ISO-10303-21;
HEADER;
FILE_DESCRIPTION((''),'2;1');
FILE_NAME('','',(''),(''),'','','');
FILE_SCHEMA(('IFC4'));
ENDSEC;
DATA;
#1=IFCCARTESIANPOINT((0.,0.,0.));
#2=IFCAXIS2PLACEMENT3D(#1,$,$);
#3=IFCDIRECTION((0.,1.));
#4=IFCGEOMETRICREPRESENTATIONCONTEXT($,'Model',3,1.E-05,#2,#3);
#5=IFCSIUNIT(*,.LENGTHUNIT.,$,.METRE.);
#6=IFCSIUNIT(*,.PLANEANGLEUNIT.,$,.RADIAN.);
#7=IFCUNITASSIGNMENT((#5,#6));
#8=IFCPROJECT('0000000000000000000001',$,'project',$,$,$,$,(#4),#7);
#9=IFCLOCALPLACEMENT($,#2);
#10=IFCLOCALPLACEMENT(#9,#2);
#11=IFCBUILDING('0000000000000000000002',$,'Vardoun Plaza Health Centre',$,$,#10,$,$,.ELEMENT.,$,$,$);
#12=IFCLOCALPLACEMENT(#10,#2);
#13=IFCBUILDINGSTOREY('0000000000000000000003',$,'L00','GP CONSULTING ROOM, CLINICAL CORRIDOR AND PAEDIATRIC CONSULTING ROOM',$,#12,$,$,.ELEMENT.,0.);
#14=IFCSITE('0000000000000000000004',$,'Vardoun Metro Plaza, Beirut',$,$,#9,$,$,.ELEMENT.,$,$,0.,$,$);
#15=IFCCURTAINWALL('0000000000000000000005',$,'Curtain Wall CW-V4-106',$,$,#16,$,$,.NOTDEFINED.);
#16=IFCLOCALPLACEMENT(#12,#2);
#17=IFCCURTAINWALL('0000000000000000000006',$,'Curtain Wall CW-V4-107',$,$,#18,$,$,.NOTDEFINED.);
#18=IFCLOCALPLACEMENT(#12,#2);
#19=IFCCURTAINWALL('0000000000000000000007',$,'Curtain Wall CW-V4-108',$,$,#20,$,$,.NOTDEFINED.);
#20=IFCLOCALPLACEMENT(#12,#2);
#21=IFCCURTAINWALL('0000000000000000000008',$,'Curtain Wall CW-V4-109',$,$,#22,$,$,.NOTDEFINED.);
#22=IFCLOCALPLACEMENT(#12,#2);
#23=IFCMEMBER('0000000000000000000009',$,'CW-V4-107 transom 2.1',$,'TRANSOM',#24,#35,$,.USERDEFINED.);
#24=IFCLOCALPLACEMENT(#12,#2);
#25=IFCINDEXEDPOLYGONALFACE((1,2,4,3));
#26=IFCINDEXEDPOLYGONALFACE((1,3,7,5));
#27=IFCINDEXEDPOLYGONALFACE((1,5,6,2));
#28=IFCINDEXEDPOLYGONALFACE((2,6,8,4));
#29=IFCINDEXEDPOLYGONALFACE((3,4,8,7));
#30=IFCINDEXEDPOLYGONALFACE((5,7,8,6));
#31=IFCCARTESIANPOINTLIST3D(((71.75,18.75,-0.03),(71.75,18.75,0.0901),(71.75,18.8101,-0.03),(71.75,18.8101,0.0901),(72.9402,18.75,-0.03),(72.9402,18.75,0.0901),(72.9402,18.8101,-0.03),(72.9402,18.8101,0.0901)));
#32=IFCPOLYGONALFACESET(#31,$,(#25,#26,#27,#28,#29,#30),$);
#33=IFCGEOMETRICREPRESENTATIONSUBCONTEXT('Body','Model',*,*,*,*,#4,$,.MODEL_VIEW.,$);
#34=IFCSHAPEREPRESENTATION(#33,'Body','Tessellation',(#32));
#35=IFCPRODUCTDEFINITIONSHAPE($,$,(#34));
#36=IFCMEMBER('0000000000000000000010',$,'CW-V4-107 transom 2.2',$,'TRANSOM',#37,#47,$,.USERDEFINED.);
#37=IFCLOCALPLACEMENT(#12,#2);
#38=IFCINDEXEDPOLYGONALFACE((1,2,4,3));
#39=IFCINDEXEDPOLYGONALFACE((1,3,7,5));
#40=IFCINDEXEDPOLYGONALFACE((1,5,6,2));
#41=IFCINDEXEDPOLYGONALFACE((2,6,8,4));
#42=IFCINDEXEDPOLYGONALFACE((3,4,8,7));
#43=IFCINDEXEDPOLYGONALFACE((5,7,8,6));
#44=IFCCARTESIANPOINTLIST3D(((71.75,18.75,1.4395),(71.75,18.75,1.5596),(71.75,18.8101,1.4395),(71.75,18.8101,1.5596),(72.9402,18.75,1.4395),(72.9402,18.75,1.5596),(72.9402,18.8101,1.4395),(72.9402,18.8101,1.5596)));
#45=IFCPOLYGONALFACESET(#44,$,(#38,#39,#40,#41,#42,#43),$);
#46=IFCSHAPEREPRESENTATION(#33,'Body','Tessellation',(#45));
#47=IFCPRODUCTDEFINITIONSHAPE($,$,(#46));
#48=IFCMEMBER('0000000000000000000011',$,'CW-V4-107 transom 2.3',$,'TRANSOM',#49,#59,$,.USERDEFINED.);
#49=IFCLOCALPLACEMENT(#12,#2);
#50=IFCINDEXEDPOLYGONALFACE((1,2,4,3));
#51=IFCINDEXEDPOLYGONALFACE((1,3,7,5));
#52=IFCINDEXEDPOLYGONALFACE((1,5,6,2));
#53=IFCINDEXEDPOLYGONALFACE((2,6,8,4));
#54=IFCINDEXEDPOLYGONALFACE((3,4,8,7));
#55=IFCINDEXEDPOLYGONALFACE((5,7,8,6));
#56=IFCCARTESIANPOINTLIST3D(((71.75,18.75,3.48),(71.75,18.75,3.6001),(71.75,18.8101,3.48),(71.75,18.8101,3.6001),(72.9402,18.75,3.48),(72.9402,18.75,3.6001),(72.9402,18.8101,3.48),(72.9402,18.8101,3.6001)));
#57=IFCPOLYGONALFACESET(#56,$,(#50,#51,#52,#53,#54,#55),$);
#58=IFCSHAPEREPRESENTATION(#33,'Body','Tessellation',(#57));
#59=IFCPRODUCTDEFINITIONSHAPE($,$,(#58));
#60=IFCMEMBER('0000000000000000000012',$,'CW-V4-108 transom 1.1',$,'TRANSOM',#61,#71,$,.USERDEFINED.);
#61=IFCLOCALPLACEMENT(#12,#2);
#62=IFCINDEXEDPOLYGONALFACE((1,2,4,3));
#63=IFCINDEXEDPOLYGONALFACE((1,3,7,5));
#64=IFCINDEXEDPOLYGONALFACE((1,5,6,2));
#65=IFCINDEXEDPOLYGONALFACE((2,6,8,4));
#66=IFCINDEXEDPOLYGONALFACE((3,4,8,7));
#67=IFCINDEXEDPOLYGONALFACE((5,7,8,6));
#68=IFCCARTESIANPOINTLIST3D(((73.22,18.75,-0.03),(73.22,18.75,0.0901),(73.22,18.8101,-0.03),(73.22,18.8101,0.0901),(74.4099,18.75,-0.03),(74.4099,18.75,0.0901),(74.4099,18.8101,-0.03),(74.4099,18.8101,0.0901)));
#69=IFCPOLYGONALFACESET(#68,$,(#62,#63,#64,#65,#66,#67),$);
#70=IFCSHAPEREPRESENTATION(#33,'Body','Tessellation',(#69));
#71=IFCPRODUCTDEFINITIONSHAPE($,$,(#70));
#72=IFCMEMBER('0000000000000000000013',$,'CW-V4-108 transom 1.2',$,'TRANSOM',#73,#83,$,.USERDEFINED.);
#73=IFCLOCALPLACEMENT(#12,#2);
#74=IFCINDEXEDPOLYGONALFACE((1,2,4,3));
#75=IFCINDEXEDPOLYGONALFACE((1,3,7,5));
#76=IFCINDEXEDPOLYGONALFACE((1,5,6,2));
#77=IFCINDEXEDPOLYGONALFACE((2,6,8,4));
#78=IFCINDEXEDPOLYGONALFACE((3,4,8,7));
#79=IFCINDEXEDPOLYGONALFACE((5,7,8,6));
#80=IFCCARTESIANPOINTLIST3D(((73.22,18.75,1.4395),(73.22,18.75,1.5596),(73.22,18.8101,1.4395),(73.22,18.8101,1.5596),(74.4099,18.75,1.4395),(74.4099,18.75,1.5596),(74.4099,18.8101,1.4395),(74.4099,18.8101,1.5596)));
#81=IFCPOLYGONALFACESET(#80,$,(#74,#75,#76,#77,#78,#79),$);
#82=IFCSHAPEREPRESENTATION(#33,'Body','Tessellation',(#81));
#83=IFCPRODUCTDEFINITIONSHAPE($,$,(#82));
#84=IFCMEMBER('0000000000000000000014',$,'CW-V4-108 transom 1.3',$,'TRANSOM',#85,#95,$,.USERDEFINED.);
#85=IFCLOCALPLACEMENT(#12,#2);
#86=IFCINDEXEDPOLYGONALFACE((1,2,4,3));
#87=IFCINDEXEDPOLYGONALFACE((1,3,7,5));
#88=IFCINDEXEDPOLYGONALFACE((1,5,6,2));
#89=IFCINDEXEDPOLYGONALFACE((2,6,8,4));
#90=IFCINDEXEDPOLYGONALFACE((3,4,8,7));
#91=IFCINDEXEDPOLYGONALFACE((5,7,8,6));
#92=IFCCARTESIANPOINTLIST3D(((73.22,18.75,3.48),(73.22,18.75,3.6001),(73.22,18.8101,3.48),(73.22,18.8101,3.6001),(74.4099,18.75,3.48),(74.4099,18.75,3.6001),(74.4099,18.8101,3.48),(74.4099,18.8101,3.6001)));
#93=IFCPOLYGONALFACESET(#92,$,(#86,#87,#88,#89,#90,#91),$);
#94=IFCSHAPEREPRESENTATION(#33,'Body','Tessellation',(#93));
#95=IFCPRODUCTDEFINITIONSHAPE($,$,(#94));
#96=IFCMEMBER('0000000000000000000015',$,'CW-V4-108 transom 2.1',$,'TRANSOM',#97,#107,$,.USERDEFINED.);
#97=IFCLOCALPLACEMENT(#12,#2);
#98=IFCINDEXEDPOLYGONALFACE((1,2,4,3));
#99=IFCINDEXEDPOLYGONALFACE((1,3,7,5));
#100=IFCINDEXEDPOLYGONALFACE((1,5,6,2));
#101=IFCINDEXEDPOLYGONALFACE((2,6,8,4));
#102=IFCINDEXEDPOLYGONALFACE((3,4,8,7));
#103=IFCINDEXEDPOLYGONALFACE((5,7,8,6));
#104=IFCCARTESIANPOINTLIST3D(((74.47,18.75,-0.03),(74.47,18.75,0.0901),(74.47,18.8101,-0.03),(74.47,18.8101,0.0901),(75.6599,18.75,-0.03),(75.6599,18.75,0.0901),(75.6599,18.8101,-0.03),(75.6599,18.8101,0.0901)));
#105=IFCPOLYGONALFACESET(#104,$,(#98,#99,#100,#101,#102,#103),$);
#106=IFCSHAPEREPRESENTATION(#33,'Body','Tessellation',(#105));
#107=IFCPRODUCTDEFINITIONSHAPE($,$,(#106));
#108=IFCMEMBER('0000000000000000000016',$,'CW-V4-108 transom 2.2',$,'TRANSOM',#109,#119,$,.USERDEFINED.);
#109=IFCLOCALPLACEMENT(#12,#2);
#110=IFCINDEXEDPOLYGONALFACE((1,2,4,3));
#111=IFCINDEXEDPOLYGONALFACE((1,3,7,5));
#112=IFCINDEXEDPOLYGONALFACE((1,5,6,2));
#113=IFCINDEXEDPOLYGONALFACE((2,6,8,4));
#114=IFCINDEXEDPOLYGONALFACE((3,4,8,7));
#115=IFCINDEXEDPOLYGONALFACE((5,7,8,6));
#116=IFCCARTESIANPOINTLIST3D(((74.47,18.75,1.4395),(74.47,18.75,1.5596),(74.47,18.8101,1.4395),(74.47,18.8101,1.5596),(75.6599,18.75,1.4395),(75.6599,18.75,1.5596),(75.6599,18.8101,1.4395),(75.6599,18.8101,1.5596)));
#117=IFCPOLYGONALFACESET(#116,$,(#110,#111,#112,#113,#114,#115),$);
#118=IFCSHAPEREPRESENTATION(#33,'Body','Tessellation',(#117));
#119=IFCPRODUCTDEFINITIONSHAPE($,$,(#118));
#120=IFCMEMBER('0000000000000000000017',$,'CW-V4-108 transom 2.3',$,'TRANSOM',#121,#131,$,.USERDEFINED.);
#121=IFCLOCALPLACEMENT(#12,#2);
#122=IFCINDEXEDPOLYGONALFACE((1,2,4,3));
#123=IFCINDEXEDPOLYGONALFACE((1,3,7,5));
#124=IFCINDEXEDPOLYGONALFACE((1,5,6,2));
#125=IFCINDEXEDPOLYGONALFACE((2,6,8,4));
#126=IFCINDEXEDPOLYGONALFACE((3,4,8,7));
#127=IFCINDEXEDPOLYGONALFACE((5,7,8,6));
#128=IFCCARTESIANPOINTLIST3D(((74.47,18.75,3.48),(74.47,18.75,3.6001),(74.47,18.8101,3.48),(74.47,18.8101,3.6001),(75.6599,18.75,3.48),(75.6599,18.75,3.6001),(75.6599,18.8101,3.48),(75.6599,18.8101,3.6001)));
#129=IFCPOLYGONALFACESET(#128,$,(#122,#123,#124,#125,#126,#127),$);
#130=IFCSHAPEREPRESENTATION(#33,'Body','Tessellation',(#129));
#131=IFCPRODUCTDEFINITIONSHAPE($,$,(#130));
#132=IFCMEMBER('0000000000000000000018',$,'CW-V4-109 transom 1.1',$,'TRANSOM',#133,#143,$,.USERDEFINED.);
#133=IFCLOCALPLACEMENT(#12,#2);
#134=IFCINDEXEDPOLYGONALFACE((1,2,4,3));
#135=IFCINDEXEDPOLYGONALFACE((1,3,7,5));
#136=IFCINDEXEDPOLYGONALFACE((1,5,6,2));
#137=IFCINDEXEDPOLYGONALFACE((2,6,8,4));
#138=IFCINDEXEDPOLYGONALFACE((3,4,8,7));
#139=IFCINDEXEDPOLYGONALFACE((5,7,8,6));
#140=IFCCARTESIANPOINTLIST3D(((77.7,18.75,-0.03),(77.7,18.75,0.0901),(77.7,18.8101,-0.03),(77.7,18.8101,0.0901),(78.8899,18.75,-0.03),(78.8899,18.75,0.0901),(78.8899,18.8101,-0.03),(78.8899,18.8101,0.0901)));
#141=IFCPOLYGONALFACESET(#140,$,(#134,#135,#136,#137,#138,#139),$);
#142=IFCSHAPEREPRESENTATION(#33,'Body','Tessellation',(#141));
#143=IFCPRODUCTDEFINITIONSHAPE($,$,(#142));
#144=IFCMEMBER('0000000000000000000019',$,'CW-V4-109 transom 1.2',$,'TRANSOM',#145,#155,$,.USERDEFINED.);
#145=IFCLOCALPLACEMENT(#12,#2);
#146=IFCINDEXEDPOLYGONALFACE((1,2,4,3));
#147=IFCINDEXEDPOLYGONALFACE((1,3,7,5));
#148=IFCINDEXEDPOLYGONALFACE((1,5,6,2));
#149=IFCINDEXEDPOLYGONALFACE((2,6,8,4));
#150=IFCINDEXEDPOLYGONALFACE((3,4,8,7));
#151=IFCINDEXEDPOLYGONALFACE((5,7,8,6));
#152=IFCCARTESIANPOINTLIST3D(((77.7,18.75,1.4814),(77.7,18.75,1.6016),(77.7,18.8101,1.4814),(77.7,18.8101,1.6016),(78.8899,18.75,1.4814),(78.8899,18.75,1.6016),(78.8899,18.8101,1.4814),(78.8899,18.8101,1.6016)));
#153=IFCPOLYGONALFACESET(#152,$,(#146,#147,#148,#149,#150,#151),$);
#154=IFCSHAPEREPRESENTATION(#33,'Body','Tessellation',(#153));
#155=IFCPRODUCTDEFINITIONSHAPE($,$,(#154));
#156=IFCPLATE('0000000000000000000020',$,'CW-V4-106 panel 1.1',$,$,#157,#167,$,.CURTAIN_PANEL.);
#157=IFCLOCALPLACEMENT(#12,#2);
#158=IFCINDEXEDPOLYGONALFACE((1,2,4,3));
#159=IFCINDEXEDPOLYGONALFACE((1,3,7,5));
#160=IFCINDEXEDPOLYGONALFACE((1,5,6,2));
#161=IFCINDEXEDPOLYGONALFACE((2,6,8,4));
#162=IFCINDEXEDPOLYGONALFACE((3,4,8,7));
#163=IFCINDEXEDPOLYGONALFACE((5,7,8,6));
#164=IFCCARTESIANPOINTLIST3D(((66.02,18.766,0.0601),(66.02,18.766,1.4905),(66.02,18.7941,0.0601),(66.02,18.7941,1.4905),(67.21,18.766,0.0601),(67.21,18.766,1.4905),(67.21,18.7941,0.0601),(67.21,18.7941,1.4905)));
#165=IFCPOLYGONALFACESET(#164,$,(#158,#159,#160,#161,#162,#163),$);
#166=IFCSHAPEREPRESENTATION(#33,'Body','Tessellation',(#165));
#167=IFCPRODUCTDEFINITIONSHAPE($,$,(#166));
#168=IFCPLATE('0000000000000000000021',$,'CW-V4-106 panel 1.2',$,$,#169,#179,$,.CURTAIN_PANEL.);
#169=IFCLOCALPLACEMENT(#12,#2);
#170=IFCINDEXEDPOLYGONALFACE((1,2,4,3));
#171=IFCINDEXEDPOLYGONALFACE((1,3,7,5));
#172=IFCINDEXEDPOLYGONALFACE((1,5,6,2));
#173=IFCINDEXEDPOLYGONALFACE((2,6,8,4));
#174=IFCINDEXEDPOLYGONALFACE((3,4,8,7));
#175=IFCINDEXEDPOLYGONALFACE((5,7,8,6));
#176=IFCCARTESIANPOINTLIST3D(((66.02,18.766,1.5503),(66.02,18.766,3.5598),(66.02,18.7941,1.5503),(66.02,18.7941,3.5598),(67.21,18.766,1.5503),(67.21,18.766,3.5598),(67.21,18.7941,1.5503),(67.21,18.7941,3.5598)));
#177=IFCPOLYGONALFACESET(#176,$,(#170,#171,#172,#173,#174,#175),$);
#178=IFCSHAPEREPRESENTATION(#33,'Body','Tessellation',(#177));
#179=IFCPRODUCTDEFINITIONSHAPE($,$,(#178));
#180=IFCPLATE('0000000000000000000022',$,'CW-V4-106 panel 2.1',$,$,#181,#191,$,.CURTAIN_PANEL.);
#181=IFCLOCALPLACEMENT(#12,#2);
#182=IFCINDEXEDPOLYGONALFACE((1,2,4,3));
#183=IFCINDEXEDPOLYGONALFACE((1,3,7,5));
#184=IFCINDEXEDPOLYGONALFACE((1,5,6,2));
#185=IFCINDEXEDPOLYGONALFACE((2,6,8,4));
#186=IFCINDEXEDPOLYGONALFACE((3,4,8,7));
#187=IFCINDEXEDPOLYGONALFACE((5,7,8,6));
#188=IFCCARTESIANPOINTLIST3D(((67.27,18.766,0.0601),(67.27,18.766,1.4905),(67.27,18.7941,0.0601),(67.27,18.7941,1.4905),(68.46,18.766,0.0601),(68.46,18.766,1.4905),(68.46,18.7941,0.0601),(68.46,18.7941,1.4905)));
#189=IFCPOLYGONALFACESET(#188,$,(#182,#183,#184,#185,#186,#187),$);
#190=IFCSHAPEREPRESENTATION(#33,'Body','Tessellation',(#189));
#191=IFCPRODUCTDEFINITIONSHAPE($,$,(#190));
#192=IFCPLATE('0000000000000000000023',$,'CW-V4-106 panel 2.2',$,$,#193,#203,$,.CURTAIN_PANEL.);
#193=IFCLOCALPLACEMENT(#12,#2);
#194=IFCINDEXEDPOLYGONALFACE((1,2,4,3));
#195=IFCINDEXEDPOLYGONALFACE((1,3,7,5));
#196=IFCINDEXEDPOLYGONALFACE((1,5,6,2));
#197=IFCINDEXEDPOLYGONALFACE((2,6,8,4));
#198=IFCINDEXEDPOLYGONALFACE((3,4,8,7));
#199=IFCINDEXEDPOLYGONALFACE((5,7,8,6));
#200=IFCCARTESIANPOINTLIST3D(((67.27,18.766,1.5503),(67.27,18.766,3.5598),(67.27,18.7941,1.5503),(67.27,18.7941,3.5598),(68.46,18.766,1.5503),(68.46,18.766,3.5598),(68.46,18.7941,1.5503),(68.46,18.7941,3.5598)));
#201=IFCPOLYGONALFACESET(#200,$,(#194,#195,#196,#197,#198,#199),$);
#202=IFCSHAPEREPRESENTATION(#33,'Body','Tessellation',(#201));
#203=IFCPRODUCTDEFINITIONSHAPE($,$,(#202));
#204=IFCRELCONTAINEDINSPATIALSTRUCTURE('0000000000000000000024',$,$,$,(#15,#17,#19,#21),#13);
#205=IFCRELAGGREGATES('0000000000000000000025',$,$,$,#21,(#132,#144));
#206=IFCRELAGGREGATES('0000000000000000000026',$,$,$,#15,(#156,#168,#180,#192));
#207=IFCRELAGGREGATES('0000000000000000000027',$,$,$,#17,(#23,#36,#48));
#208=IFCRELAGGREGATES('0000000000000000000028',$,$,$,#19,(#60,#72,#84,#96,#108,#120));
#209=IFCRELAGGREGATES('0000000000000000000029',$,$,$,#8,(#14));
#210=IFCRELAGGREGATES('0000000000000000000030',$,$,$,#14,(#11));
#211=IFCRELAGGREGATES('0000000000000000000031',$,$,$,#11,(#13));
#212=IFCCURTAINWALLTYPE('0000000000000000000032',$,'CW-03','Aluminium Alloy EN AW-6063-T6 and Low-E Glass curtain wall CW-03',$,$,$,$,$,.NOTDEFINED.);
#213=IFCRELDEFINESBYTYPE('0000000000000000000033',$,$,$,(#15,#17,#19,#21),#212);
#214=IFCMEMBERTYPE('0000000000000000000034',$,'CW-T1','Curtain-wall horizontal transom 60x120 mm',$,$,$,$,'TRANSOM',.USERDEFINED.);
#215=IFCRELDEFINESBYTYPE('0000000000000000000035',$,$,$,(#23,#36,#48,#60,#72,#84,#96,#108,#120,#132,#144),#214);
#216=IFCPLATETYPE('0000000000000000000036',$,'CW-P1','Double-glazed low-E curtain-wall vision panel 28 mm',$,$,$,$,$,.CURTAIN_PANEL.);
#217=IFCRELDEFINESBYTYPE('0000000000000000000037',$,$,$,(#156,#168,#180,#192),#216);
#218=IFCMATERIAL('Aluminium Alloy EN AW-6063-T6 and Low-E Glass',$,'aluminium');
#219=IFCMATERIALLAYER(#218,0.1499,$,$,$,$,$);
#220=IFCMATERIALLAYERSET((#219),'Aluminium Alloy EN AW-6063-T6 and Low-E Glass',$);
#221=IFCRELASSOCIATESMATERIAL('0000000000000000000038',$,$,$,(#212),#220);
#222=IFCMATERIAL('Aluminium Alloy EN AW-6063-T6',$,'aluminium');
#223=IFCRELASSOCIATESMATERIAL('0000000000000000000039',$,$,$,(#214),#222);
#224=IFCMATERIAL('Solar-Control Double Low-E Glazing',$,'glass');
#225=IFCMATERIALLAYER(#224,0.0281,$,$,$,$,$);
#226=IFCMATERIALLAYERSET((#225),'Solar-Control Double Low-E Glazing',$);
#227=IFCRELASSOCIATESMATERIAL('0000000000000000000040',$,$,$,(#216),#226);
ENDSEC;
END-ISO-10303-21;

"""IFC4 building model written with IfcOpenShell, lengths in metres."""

from ifc_helpers import new_model, si_unit, direction, frame, origin, origin_2d, place, context, subcontext, project, spatial, rectangle, extrude, material, layer, layer_set, material_profile, profile_set, type_object, element, aggregate, save


model = new_model("IFC4")

# Units and contexts
model_context = context("Model", 3, precision=1e-05, world=origin(), true_north=direction((0.0, 1.0)))
body_context = subcontext(model_context, "Body", "Model", "MODEL_VIEW")
ifc_project = project(units=[si_unit("LENGTHUNIT", "METRE"), si_unit("PLANEANGLEUNIT", "RADIAN")], contexts=[model_context])

# Site, building, storey
site_placement = place(None, origin())
site = spatial("IfcSite", under=ifc_project, at=site_placement, Name="Vardoun Metro Plaza, Beirut", CompositionType="ELEMENT", RefElevation=0.0)
building_placement = place(site_placement, origin())
building = spatial("IfcBuilding", under=site, at=building_placement, Name="Vardoun Plaza Health Centre", CompositionType="ELEMENT")
storey_placement = place(building_placement, origin())
storey = spatial("IfcBuildingStorey", under=building, at=storey_placement, Name="L00", Description="GP CONSULTING ROOM, CLINICAL CORRIDOR AND PAEDIATRIC CONSULTING ROOM", CompositionType="ELEMENT", Elevation=0.0)

# Curtain walls
ifc_material_1 = material(Name="Aluminium Alloy EN AW-6063-T6 and Low-E Glass", Category="aluminium")
ifc_layer_1 = layer(ifc_material_1, 0.1499)
ifc_layer_set_1 = layer_set([ifc_layer_1], Name="Aluminium Alloy EN AW-6063-T6 and Low-E Glass")
curtain_wall_type = type_object("IfcCurtainWallType", Name="CW-03", Description="Aluminium Alloy EN AW-6063-T6 and Low-E Glass curtain wall CW-03", PredefinedType="NOTDEFINED", material=ifc_layer_set_1)
curtain_wall_1_placement = place(storey_placement, origin())
curtain_wall_1 = element("IfcCurtainWall", 1, at=curtain_wall_1_placement, inside=storey, type_object=curtain_wall_type, Name="Curtain Wall CW-V4-106", PredefinedType="NOTDEFINED")
curtain_wall_2_placement = place(storey_placement, origin())
curtain_wall_2 = element("IfcCurtainWall", 2, at=curtain_wall_2_placement, inside=storey, type_object=curtain_wall_type, Name="Curtain Wall CW-V4-107", PredefinedType="NOTDEFINED")
curtain_wall_3_placement = place(storey_placement, origin())
curtain_wall_3 = element("IfcCurtainWall", 3, at=curtain_wall_3_placement, inside=storey, type_object=curtain_wall_type, Name="Curtain Wall CW-V4-108", PredefinedType="NOTDEFINED")

# Curtain wall
curtain_wall_4_placement = place(storey_placement, origin())
curtain_wall_4 = element("IfcCurtainWall", 4, at=curtain_wall_4_placement, inside=storey, type_object=curtain_wall_type, Name="Curtain Wall CW-V4-109", PredefinedType="NOTDEFINED")

# Members
ifc_material_2 = material(Name="Aluminium Alloy EN AW-6063-T6", Category="aluminium")
ifc_material_profile_1 = material_profile(ifc_material_2, rectangle(XDim=0.0601, YDim=0.1201, at=origin_2d()), Name="CWT 60x120")
ifc_profile_set_1 = profile_set([ifc_material_profile_1], Name="Aluminium Alloy EN AW-6063-T6")
member_type_1 = type_object("IfcMemberType", Name="CW-T1", Description="Curtain-wall horizontal transom 60x120 mm", ElementType="TRANSOM", PredefinedType="USERDEFINED", material=ifc_profile_set_1)
member_1_placement = place(storey_placement, frame((71.75, 18.78, 0.03), z_axis=(1.0, 0.0, 0.0), x_axis=(0.0, 1.0, 0.0)))
member_1 = element("IfcMember", 5, at=member_1_placement, type_object=member_type_1, Name="CW-V4-107 transom 2.1", ObjectType="TRANSOM", PredefinedType="USERDEFINED", context=body_context, shape_type="SweptSolid", body=[
    extrude(rectangle(XDim=0.0601, YDim=0.1201, at=origin_2d()), origin(), (0.0, 0.0, 1.0), 1.1902),
])
member_2_placement = place(storey_placement, frame((71.75, 18.78, 1.4995), z_axis=(1.0, 0.0, 0.0), x_axis=(0.0, 1.0, 0.0)))
member_2 = element("IfcMember", 6, at=member_2_placement, type_object=member_type_1, Name="CW-V4-107 transom 2.2", ObjectType="TRANSOM", PredefinedType="USERDEFINED", context=body_context, shape_type="SweptSolid", body=[
    extrude(rectangle(XDim=0.0601, YDim=0.1201, at=origin_2d()), origin(), (0.0, 0.0, 1.0), 1.1902),
])
member_3_placement = place(storey_placement, frame((71.75, 18.78, 3.54), z_axis=(1.0, 0.0, 0.0), x_axis=(0.0, 1.0, 0.0)))
member_3 = element("IfcMember", 7, at=member_3_placement, type_object=member_type_1, Name="CW-V4-107 transom 2.3", ObjectType="TRANSOM", PredefinedType="USERDEFINED", context=body_context, shape_type="SweptSolid", body=[
    extrude(rectangle(XDim=0.0601, YDim=0.1201, at=origin_2d()), origin(), (0.0, 0.0, 1.0), 1.1902),
])
member_4_placement = place(storey_placement, frame((73.22, 18.78, 0.03), z_axis=(1.0, 0.0, 0.0), x_axis=(0.0, 1.0, 0.0)))
member_4 = element("IfcMember", 8, at=member_4_placement, type_object=member_type_1, Name="CW-V4-108 transom 1.1", ObjectType="TRANSOM", PredefinedType="USERDEFINED", context=body_context, shape_type="SweptSolid", body=[
    extrude(rectangle(XDim=0.0601, YDim=0.1201, at=origin_2d()), origin(), (0.0, 0.0, 1.0), 1.1899),
])
member_5_placement = place(storey_placement, frame((73.22, 18.78, 1.4995), z_axis=(1.0, 0.0, 0.0), x_axis=(0.0, 1.0, 0.0)))
member_5 = element("IfcMember", 9, at=member_5_placement, type_object=member_type_1, Name="CW-V4-108 transom 1.2", ObjectType="TRANSOM", PredefinedType="USERDEFINED", context=body_context, shape_type="SweptSolid", body=[
    extrude(rectangle(XDim=0.0601, YDim=0.1201, at=origin_2d()), origin(), (0.0, 0.0, 1.0), 1.1899),
])
member_6_placement = place(storey_placement, frame((73.22, 18.78, 3.54), z_axis=(1.0, 0.0, 0.0), x_axis=(0.0, 1.0, 0.0)))
member_6 = element("IfcMember", 10, at=member_6_placement, type_object=member_type_1, Name="CW-V4-108 transom 1.3", ObjectType="TRANSOM", PredefinedType="USERDEFINED", context=body_context, shape_type="SweptSolid", body=[
    extrude(rectangle(XDim=0.0601, YDim=0.1201, at=origin_2d()), origin(), (0.0, 0.0, 1.0), 1.1899),
])
member_7_placement = place(storey_placement, frame((74.47, 18.78, 0.03), z_axis=(1.0, 0.0, 0.0), x_axis=(0.0, 1.0, 0.0)))
member_7 = element("IfcMember", 11, at=member_7_placement, type_object=member_type_1, Name="CW-V4-108 transom 2.1", ObjectType="TRANSOM", PredefinedType="USERDEFINED", context=body_context, shape_type="SweptSolid", body=[
    extrude(rectangle(XDim=0.0601, YDim=0.1201, at=origin_2d()), origin(), (0.0, 0.0, 1.0), 1.1899),
])
member_8_placement = place(storey_placement, frame((74.47, 18.78, 1.4995), z_axis=(1.0, 0.0, 0.0), x_axis=(0.0, 1.0, 0.0)))
member_8 = element("IfcMember", 12, at=member_8_placement, type_object=member_type_1, Name="CW-V4-108 transom 2.2", ObjectType="TRANSOM", PredefinedType="USERDEFINED", context=body_context, shape_type="SweptSolid", body=[
    extrude(rectangle(XDim=0.0601, YDim=0.1201, at=origin_2d()), origin(), (0.0, 0.0, 1.0), 1.1899),
])
member_9_placement = place(storey_placement, frame((74.47, 18.78, 3.54), z_axis=(1.0, 0.0, 0.0), x_axis=(0.0, 1.0, 0.0)))
member_9 = element("IfcMember", 13, at=member_9_placement, type_object=member_type_1, Name="CW-V4-108 transom 2.3", ObjectType="TRANSOM", PredefinedType="USERDEFINED", context=body_context, shape_type="SweptSolid", body=[
    extrude(rectangle(XDim=0.0601, YDim=0.1201, at=origin_2d()), origin(), (0.0, 0.0, 1.0), 1.1899),
])
member_10_placement = place(storey_placement, frame((77.7, 18.78, 0.03), z_axis=(1.0, 0.0, 0.0), x_axis=(0.0, 1.0, 0.0)))
member_10 = element("IfcMember", 14, at=member_10_placement, type_object=member_type_1, Name="CW-V4-109 transom 1.1", ObjectType="TRANSOM", PredefinedType="USERDEFINED", context=body_context, shape_type="SweptSolid", body=[
    extrude(rectangle(XDim=0.0601, YDim=0.1201, at=origin_2d()), origin(), (0.0, 0.0, 1.0), 1.1899),
])
member_11_placement = place(storey_placement, frame((77.7, 18.78, 1.5415), z_axis=(1.0, 0.0, 0.0), x_axis=(0.0, 1.0, 0.0)))
member_11 = element("IfcMember", 15, at=member_11_placement, type_object=member_type_1, Name="CW-V4-109 transom 1.2", ObjectType="TRANSOM", PredefinedType="USERDEFINED", context=body_context, shape_type="SweptSolid", body=[
    extrude(rectangle(XDim=0.0601, YDim=0.1201, at=origin_2d()), origin(), (0.0, 0.0, 1.0), 1.1899),
])
aggregate(curtain_wall_4, [member_10, member_11])

# Plates
ifc_material_3 = material(Name="Solar-Control Double Low-E Glazing", Category="glass")
ifc_layer_2 = layer(ifc_material_3, 0.0281)
ifc_layer_set_2 = layer_set([ifc_layer_2], Name="Solar-Control Double Low-E Glazing")
plate_type = type_object("IfcPlateType", Name="CW-P1", Description="Double-glazed low-E curtain-wall vision panel 28 mm", PredefinedType="CURTAIN_PANEL", material=ifc_layer_set_2)
plate_1_placement = place(storey_placement, frame((66.615, 18.78, 0.0601), z_axis=(0.0, 0.0, 1.0), x_axis=(1.0, 0.0, 0.0)))
plate_1 = element("IfcPlate", 16, at=plate_1_placement, type_object=plate_type, Name="CW-V4-106 panel 1.1", PredefinedType="CURTAIN_PANEL", context=body_context, shape_type="SweptSolid", body=[
    extrude(rectangle(XDim=1.1899, YDim=0.0281, at=origin_2d()), origin(), (0.0, 0.0, 1.0), 1.4304),
])
plate_2_placement = place(storey_placement, frame((66.615, 18.78, 1.5503), z_axis=(0.0, 0.0, 1.0), x_axis=(1.0, 0.0, 0.0)))
plate_2 = element("IfcPlate", 17, at=plate_2_placement, type_object=plate_type, Name="CW-V4-106 panel 1.2", PredefinedType="CURTAIN_PANEL", context=body_context, shape_type="SweptSolid", body=[
    extrude(rectangle(XDim=1.1899, YDim=0.0281, at=origin_2d()), origin(), (0.0, 0.0, 1.0), 2.0095),
])
plate_3_placement = place(storey_placement, frame((67.865, 18.78, 0.0601), z_axis=(0.0, 0.0, 1.0), x_axis=(1.0, 0.0, 0.0)))
plate_3 = element("IfcPlate", 18, at=plate_3_placement, type_object=plate_type, Name="CW-V4-106 panel 2.1", PredefinedType="CURTAIN_PANEL", context=body_context, shape_type="SweptSolid", body=[
    extrude(rectangle(XDim=1.1899, YDim=0.0281, at=origin_2d()), origin(), (0.0, 0.0, 1.0), 1.4304),
])
plate_4_placement = place(storey_placement, frame((67.865, 18.78, 1.5503), z_axis=(0.0, 0.0, 1.0), x_axis=(1.0, 0.0, 0.0)))
plate_4 = element("IfcPlate", 19, at=plate_4_placement, type_object=plate_type, Name="CW-V4-106 panel 2.2", PredefinedType="CURTAIN_PANEL", context=body_context, shape_type="SweptSolid", body=[
    extrude(rectangle(XDim=1.1899, YDim=0.0281, at=origin_2d()), origin(), (0.0, 0.0, 1.0), 2.0095),
])
aggregate(curtain_wall_1, [plate_1, plate_2, plate_3, plate_4])
aggregate(curtain_wall_2, [member_1, member_2, member_3])
aggregate(curtain_wall_3, [member_4, member_5, member_6, member_7, member_8, member_9])

save(model, "model.ifc")
